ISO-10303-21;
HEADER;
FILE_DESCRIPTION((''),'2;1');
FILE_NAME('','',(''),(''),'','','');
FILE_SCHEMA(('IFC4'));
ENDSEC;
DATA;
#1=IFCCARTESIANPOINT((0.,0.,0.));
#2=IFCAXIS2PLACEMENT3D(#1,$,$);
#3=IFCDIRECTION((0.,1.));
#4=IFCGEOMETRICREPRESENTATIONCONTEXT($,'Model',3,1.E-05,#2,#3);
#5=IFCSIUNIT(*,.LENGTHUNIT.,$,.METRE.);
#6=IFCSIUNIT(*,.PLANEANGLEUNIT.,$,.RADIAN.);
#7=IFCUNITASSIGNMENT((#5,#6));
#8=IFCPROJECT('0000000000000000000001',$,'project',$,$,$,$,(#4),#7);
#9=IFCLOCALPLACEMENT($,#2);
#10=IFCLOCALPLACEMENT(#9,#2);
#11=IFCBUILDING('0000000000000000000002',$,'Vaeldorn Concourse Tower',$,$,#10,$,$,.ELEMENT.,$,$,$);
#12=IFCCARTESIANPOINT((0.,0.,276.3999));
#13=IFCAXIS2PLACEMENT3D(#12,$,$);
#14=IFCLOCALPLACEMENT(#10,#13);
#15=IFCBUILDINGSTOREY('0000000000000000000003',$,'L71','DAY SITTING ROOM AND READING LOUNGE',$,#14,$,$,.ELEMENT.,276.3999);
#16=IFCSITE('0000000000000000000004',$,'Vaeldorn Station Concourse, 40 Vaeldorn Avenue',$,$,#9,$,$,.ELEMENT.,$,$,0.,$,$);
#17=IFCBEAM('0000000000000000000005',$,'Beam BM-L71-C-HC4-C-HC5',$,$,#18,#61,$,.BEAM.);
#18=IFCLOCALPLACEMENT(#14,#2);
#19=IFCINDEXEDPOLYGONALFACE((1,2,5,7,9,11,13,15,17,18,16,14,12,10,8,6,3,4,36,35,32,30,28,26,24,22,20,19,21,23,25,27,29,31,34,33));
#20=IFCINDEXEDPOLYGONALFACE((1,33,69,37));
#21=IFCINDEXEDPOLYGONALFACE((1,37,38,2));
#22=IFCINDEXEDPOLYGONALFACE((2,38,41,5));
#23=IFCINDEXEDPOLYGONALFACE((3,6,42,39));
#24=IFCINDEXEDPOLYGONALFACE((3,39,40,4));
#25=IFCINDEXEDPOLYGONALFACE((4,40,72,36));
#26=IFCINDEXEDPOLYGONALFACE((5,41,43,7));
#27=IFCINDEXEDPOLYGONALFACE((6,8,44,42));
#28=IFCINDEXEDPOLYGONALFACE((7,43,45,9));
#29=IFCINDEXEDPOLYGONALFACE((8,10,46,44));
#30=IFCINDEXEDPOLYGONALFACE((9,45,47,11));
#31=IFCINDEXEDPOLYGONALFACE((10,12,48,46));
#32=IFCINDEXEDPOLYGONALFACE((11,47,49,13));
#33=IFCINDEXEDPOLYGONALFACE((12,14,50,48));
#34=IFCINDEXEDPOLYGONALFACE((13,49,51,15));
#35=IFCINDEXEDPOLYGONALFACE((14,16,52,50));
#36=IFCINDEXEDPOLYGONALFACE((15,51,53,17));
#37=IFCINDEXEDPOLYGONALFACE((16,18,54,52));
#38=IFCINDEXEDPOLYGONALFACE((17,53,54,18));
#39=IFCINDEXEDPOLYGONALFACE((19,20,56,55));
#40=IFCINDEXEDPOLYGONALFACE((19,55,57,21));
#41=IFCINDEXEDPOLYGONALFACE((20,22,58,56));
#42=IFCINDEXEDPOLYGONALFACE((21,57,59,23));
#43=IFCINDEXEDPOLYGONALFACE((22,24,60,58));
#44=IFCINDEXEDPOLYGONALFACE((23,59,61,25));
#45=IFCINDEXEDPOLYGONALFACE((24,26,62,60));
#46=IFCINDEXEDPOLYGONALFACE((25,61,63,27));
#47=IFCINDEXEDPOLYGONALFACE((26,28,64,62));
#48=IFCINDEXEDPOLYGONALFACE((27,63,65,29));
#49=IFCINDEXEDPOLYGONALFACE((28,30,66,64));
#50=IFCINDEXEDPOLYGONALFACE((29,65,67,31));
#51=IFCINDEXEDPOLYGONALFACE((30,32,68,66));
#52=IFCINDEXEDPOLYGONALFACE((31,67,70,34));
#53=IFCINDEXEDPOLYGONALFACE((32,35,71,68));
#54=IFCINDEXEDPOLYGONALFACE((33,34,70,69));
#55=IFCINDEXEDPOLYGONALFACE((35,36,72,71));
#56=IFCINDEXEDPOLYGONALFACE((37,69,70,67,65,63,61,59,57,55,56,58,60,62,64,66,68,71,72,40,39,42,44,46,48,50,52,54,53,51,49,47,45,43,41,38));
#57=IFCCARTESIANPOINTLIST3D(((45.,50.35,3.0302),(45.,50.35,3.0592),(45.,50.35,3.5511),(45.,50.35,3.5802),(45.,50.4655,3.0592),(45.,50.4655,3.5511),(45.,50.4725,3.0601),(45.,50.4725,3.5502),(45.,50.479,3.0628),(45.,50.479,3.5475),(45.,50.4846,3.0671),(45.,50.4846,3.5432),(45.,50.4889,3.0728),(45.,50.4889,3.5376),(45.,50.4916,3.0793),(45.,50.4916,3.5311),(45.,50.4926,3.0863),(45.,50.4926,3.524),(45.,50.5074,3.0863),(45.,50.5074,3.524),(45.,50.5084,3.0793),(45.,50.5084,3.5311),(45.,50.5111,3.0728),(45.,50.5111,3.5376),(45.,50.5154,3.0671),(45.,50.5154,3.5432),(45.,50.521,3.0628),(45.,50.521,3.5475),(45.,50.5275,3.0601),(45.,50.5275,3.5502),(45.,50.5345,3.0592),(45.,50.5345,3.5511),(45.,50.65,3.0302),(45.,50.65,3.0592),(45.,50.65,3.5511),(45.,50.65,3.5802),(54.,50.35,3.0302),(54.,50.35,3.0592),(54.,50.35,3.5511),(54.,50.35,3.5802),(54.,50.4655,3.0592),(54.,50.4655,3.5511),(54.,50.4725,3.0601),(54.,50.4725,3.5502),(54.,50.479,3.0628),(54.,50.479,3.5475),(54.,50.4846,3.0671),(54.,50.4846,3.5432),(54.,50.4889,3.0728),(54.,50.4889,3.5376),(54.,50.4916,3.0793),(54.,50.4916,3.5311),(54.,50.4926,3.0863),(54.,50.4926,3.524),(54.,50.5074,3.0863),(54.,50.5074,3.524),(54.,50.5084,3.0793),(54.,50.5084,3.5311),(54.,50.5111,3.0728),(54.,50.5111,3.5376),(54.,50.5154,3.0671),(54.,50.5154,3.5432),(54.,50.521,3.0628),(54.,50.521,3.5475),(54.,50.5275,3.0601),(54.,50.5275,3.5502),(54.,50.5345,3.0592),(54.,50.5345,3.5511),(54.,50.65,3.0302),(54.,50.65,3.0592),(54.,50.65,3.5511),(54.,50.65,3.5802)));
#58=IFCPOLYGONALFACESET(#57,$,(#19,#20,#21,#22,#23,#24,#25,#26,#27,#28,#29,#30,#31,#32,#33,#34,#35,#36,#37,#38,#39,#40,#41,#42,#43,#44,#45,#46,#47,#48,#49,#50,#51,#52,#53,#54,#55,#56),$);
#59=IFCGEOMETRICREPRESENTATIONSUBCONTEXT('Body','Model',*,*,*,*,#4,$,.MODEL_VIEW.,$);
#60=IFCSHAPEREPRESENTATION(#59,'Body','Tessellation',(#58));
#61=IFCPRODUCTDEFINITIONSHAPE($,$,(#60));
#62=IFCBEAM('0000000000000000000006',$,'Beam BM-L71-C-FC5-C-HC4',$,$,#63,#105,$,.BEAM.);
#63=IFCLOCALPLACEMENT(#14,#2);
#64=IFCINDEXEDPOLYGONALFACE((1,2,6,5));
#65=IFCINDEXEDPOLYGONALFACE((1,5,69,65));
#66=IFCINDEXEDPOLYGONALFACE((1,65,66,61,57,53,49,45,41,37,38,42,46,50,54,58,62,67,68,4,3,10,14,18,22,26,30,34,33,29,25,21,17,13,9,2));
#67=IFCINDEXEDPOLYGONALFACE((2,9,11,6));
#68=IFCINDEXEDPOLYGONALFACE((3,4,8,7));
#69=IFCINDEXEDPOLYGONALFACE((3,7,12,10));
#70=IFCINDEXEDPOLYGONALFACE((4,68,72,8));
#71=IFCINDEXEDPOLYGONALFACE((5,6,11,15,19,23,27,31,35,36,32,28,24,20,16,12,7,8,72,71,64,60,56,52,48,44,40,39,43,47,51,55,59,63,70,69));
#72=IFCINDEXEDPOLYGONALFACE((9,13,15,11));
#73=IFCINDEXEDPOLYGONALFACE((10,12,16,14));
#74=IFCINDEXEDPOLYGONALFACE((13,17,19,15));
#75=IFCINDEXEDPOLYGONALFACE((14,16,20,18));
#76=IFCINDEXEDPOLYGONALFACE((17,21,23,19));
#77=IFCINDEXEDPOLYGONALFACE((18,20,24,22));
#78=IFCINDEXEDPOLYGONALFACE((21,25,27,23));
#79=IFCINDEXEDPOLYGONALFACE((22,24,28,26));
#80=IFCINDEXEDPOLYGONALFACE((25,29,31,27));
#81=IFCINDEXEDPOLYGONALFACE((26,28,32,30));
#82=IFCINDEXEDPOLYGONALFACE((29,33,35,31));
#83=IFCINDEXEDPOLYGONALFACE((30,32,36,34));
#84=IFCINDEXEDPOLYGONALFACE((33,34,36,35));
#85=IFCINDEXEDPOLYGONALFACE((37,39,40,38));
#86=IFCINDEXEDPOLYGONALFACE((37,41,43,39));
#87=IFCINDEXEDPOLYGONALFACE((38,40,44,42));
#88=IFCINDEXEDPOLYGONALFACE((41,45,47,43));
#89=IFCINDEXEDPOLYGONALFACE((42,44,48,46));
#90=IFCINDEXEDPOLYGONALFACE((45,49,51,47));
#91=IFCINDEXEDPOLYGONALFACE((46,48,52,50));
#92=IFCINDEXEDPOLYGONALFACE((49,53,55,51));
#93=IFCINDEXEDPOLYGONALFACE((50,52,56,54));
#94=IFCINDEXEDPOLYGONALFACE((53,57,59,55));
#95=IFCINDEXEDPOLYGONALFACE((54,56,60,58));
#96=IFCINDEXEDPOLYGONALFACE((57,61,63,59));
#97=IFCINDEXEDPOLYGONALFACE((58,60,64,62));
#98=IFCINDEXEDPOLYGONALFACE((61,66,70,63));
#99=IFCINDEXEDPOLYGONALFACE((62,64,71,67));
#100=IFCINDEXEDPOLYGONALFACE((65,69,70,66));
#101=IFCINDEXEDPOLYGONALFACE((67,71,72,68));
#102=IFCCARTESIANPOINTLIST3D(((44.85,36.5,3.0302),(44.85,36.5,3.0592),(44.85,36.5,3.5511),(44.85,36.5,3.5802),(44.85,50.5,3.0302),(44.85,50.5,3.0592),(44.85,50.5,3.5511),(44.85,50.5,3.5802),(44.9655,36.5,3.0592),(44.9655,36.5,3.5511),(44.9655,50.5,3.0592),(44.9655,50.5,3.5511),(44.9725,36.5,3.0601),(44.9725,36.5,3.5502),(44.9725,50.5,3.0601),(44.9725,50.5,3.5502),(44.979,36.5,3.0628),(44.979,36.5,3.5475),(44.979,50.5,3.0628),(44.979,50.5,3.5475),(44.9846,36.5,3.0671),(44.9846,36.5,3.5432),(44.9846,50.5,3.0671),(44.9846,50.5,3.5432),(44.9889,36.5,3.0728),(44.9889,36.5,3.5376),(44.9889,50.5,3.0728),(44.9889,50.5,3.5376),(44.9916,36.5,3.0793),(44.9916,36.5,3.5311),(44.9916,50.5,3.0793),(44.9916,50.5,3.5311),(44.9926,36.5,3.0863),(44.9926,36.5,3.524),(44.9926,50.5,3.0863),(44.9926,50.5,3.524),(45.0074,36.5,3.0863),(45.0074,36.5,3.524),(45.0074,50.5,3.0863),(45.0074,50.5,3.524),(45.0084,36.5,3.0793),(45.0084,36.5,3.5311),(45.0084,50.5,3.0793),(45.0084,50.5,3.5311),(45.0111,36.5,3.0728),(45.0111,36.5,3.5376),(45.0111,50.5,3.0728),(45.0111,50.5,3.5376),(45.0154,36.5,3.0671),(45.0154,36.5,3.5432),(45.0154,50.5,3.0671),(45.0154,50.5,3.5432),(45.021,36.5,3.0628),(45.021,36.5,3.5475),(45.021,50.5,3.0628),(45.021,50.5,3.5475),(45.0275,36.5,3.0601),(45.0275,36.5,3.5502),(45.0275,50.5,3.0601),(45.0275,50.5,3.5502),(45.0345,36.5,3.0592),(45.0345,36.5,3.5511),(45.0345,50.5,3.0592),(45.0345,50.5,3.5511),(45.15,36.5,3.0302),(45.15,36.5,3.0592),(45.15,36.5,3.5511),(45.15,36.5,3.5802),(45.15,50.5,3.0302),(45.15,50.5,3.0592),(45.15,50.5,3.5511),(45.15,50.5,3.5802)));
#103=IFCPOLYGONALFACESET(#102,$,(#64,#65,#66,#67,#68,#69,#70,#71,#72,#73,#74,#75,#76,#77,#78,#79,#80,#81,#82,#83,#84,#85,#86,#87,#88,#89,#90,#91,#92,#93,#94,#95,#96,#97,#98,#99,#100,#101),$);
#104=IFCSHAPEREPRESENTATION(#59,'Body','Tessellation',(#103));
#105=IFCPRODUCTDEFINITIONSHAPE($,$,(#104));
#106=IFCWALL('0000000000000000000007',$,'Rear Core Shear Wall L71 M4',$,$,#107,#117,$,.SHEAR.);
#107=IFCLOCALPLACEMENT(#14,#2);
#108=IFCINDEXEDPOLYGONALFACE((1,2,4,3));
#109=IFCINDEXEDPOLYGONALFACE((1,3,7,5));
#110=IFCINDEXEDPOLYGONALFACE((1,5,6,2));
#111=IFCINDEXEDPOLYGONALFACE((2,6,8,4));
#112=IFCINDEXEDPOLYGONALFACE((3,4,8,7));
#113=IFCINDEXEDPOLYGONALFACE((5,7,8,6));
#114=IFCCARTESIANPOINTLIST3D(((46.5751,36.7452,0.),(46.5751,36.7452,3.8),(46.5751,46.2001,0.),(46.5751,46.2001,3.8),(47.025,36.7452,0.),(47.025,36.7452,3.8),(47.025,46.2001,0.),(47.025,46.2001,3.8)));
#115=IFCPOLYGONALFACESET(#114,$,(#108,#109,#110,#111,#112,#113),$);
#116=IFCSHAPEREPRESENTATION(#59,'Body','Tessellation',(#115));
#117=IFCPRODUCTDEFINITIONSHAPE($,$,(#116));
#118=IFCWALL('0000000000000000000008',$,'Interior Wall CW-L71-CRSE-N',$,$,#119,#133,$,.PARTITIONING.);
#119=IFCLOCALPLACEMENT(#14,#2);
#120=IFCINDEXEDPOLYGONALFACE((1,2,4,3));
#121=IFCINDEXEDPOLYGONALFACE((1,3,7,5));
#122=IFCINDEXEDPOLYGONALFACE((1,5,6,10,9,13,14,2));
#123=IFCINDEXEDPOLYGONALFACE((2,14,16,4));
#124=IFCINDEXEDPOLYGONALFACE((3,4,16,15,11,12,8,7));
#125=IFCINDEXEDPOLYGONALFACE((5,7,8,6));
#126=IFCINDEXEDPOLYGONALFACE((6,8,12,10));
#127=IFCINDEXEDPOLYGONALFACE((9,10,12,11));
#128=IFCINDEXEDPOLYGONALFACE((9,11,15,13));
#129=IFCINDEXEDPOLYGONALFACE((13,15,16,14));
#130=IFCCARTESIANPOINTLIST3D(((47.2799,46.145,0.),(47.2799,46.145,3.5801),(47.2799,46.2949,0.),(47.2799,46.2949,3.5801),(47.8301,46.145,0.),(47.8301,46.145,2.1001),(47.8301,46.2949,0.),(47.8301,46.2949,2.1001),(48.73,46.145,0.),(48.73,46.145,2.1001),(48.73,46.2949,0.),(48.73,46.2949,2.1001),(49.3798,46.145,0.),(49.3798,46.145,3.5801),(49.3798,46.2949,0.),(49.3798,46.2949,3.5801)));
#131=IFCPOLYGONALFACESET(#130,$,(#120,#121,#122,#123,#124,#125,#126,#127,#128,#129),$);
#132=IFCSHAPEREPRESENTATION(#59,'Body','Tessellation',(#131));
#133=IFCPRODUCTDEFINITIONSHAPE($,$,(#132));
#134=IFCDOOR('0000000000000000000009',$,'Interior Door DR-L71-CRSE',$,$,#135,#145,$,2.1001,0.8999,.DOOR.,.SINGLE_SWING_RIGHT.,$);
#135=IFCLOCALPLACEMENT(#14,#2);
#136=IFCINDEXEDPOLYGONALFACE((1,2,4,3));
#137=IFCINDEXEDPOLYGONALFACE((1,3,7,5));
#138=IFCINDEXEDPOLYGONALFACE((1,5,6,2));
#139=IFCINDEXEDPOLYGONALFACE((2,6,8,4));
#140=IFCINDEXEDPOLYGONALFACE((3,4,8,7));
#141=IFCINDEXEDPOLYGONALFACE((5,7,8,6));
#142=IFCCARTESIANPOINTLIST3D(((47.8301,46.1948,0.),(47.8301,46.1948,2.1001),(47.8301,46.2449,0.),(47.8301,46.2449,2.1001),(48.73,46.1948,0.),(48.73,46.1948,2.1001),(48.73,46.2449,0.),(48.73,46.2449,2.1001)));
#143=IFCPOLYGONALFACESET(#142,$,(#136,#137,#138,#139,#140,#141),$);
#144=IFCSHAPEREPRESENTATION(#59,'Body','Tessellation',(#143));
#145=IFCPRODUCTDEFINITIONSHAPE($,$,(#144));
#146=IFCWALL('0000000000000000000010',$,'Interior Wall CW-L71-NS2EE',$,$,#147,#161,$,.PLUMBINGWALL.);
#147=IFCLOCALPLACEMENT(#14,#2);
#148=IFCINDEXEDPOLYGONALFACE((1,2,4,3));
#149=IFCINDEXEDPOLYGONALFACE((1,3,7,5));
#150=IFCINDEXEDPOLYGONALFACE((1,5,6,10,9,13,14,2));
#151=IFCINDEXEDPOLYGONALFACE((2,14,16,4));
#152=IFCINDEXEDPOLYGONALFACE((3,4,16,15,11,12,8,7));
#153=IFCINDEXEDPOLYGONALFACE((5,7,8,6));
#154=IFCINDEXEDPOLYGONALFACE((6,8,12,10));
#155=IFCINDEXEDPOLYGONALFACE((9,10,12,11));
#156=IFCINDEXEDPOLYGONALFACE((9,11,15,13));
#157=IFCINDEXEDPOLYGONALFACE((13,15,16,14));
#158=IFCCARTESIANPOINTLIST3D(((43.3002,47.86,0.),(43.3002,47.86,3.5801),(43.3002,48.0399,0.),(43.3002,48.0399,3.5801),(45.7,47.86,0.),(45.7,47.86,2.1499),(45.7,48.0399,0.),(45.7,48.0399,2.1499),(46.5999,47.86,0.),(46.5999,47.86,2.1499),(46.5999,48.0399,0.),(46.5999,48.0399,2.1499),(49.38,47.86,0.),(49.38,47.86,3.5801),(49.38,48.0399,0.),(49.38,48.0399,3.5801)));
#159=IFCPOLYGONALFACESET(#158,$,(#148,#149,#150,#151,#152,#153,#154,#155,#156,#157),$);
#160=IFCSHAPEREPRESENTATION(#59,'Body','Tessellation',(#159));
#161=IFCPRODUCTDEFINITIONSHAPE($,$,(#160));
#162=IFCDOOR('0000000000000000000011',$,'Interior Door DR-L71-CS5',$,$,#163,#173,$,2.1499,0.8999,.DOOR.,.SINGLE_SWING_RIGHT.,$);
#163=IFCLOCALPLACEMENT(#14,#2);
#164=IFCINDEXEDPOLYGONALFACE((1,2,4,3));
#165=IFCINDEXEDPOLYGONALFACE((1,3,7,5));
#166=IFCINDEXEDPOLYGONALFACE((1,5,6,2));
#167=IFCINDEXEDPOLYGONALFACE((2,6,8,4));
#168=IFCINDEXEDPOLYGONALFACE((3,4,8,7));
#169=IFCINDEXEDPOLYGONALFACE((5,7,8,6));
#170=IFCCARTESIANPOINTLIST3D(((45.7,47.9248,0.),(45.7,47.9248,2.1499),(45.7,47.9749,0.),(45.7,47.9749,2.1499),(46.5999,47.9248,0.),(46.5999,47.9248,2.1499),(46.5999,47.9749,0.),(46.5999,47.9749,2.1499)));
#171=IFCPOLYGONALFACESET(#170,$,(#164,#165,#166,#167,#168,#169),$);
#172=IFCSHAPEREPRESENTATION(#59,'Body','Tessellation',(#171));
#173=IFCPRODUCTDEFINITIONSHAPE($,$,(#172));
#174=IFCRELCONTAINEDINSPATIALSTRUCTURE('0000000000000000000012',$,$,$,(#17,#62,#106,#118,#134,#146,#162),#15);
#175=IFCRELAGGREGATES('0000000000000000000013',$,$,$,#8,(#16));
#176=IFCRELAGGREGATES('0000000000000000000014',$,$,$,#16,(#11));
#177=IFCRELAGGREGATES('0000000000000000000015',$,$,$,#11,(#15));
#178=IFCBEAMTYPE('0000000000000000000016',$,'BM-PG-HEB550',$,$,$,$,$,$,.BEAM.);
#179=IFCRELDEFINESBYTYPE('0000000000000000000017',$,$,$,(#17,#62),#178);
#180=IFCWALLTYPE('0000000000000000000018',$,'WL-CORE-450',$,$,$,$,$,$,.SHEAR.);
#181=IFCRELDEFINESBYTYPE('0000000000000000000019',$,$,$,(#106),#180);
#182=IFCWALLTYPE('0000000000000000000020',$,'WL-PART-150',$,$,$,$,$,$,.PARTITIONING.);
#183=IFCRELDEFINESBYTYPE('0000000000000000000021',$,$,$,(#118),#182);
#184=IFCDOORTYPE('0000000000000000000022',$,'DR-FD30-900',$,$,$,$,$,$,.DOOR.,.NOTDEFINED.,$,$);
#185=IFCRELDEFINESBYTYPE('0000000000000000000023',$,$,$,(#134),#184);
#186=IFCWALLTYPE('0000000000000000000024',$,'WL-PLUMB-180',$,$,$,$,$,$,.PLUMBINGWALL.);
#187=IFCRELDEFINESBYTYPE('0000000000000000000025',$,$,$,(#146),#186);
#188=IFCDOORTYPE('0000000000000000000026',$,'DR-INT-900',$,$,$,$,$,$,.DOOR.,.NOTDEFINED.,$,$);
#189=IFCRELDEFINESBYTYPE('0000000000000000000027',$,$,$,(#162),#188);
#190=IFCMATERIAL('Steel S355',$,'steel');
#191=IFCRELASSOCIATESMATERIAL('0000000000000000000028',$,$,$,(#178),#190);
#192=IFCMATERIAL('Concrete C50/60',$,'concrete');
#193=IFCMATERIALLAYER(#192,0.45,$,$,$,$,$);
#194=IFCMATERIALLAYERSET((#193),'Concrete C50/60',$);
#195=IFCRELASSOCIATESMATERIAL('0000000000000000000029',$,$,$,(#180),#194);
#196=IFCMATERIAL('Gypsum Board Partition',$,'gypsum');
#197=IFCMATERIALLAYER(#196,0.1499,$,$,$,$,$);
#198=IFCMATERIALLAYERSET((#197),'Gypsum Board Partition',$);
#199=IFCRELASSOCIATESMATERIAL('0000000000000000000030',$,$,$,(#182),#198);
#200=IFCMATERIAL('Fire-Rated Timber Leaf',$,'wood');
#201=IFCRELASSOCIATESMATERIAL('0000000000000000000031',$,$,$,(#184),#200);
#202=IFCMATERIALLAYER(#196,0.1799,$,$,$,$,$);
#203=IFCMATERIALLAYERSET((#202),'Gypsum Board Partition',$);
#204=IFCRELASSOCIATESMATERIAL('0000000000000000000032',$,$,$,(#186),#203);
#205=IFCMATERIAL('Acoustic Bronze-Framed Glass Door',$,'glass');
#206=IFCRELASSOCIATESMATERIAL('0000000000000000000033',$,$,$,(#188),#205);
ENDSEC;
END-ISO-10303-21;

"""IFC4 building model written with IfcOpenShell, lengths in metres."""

from ifc_helpers import new_model, si_unit, direction, frame, frame_2d, origin, origin_2d, place, context, subcontext, project, spatial, rectangle, i_section, extrude, source, transform, mapped, material, layer, layer_set, material_profile, profile_set, type_object, element, fill, save


model = new_model("IFC4")

# Units and contexts
model_context = context("Model", 3, precision=1e-05, world=origin(), true_north=direction((0.0, 1.0)))
body_context = subcontext(model_context, "Body", "Model", "MODEL_VIEW")
ifc_project = project(units=[si_unit("LENGTHUNIT", "METRE"), si_unit("PLANEANGLEUNIT", "RADIAN")], contexts=[model_context])

# Site, building, storey
site_placement = place(None, origin())
site = spatial("IfcSite", under=ifc_project, at=site_placement, Name="Vaeldorn Station Concourse, 40 Vaeldorn Avenue", CompositionType="ELEMENT", RefElevation=0.0)
building_placement = place(site_placement, origin())
building = spatial("IfcBuilding", under=site, at=building_placement, Name="Vaeldorn Concourse Tower", CompositionType="ELEMENT")
storey_placement = place(building_placement, frame((0.0, 0.0, 276.3999)))
storey = spatial("IfcBuildingStorey", under=building, at=storey_placement, Name="L71", Description="DAY SITTING ROOM AND READING LOUNGE", CompositionType="ELEMENT", Elevation=276.3999)

# Shared definitions
ifc_material_1 = material(Name="Steel S355", Category="steel")

# Beams
ifc_material_2 = material(Name="Concrete C50/60", Category="concrete")
ifc_material_profile_1 = material_profile(ifc_material_1, i_section(OverallWidth=0.3, OverallDepth=0.55, WebThickness=0.0149, FlangeThickness=0.0291, FilletRadius=0.0271, at=origin_2d()), Name="HEB 550")
ifc_profile_set_1 = profile_set([ifc_material_profile_1], Name="Steel S355")
beam_type_1 = type_object("IfcBeamType", Name="BM-PG-HEB550", PredefinedType="BEAM", material=ifc_profile_set_1)
shared_shape_1 = source(origin(), body_context, "Body", "SweptSolid", [
    extrude(i_section(OverallWidth=0.3, OverallDepth=0.55, WebThickness=0.0149, FlangeThickness=0.0291, FilletRadius=0.0271, at=origin_2d()), origin(), (0.0, 0.0, 1.0), 9.0),
])
beam_1_placement = place(storey_placement, frame((45.0, 50.5, 3.3052), z_axis=(1.0, 0.0, 0.0), x_axis=(0.0, 1.0, 0.0)))
element("IfcBeam", 1, at=beam_1_placement, inside=storey, type_object=beam_type_1, Name="Beam BM-L71-C-HC4-C-HC5", PredefinedType="BEAM", context=body_context, shape_type="MappedRepresentation", body=[
    mapped(shared_shape_1, transform((0.0, 0.0, 0.0), scale=1.0)),
])
shared_shape_2 = source(origin(), body_context, "Body", "SweptSolid", [
    extrude(i_section(OverallWidth=0.3, OverallDepth=0.55, WebThickness=0.0149, FlangeThickness=0.0291, FilletRadius=0.0271, at=origin_2d()), origin(), (0.0, 0.0, 1.0), 14.0),
])
beam_2_placement = place(storey_placement, frame((45.0, 36.5, 3.3052), z_axis=(0.0, 1.0, 0.0), x_axis=(-1.0, 0.0, 0.0)))
element("IfcBeam", 2, at=beam_2_placement, inside=storey, type_object=beam_type_1, Name="Beam BM-L71-C-FC5-C-HC4", PredefinedType="BEAM", context=body_context, shape_type="MappedRepresentation", body=[
    mapped(shared_shape_2, transform((0.0, 0.0, 0.0), scale=1.0)),
])

# Wall
ifc_layer_1 = layer(ifc_material_2, 0.45)
ifc_layer_set_1 = layer_set([ifc_layer_1], Name="Concrete C50/60")
wall_type_1 = type_object("IfcWallType", Name="WL-CORE-450", PredefinedType="SHEAR", material=ifc_layer_set_1)
wall_1_placement = place(storey_placement, frame((46.8, 36.7451, 0.0), z_axis=(0.0, 0.0, 1.0), x_axis=(0.0, 1.0, 0.0)))
element("IfcWall", 3, at=wall_1_placement, inside=storey, type_object=wall_type_1, Name="Rear Core Shear Wall L71 M4", PredefinedType="SHEAR", context=body_context, shape_type="SweptSolid", body=[
    extrude(rectangle(XDim=9.4548, YDim=0.45, at=frame_2d((4.7275, 0.0))), origin(), (0.0, 0.0, 1.0), 3.8),
])

# Walls, openings, doors
ifc_material_3 = material(Name="Gypsum Board Partition", Category="gypsum")
ifc_layer_2 = layer(ifc_material_3, 0.1499)
ifc_layer_set_2 = layer_set([ifc_layer_2], Name="Gypsum Board Partition")
wall_type_2 = type_object("IfcWallType", Name="WL-PART-150", PredefinedType="PARTITIONING", material=ifc_layer_set_2)
wall_2_placement = place(storey_placement, frame((47.28, 46.22, 0.0), z_axis=(0.0, 0.0, 1.0), x_axis=(1.0, 0.0, 0.0)))
wall_2 = element("IfcWall", 4, at=wall_2_placement, inside=storey, type_object=wall_type_2, Name="Interior Wall CW-L71-CRSE-N", PredefinedType="PARTITIONING", context=body_context, shape_type="SweptSolid", body=[
    extrude(rectangle(XDim=2.0999, YDim=0.1499, at=frame_2d((1.0498, 0.0))), origin(), (0.0, 0.0, 1.0), 3.5801),
])
opening_1_placement = place(wall_2_placement, frame((0.55, 0.0, 0.0)))
opening_1 = element("IfcOpeningElement", 5, at=opening_1_placement, cuts=wall_2, PredefinedType="OPENING", context=body_context, shape_type="SweptSolid", body=[
    extrude(rectangle(XDim=0.8999, YDim=2.1001, at=frame_2d((0.45, 1.05))), frame((0.0, 0.085, 0.0), z_axis=(0.0, -1.0, 0.0), x_axis=(1.0, 0.0, 0.0)), (0.0, 0.0, 1.0), 0.1699),
])
ifc_material_4 = material(Name="Fire-Rated Timber Leaf", Category="wood")
door_type_1 = type_object("IfcDoorType", Name="DR-FD30-900", OperationType="NOTDEFINED", PredefinedType="DOOR", material=ifc_material_4)
shared_shape_3 = source(origin(), body_context, "Body", "SweptSolid", [
    extrude(rectangle(XDim=0.8999, YDim=2.1001, at=frame_2d((0.45, 1.05))), frame((0.0, 0.0249, 0.0), z_axis=(0.0, -1.0, 0.0), x_axis=(1.0, 0.0, 0.0)), (0.0, 0.0, 1.0), 0.05),
])
door_1_placement = place(opening_1_placement, origin())
door_1 = element("IfcDoor", 6, at=door_1_placement, inside=storey, type_object=door_type_1, Name="Interior Door DR-L71-CRSE", OperationType="SINGLE_SWING_RIGHT", OverallHeight=2.1001, OverallWidth=0.8999, PredefinedType="DOOR", context=body_context, shape_type="MappedRepresentation", body=[
    mapped(shared_shape_3, transform((0.0, 0.0, 0.0), scale=1.0)),
])
fill(opening_1, door_1)
ifc_layer_3 = layer(ifc_material_3, 0.1799)
ifc_layer_set_3 = layer_set([ifc_layer_3], Name="Gypsum Board Partition")
wall_type_3 = type_object("IfcWallType", Name="WL-PLUMB-180", PredefinedType="PLUMBINGWALL", material=ifc_layer_set_3)
wall_3_placement = place(storey_placement, frame((43.3, 47.95, 0.0), z_axis=(0.0, 0.0, 1.0), x_axis=(1.0, 0.0, 0.0)))
wall_3 = element("IfcWall", 7, at=wall_3_placement, inside=storey, type_object=wall_type_3, Name="Interior Wall CW-L71-NS2EE", PredefinedType="PLUMBINGWALL", context=body_context, shape_type="SweptSolid", body=[
    extrude(rectangle(XDim=6.0798, YDim=0.1799, at=frame_2d((3.04, 0.0))), origin(), (0.0, 0.0, 1.0), 3.5801),
])
opening_2_placement = place(wall_3_placement, frame((2.3999, 0.0, 0.0)))
opening_2 = element("IfcOpeningElement", 8, at=opening_2_placement, cuts=wall_3, PredefinedType="OPENING", context=body_context, shape_type="SweptSolid", body=[
    extrude(rectangle(XDim=0.8999, YDim=2.1499, at=frame_2d((0.45, 1.075))), frame((0.0, 0.1001, 0.0), z_axis=(0.0, -1.0, 0.0), x_axis=(1.0, 0.0, 0.0)), (0.0, 0.0, 1.0), 0.2),
])
ifc_material_5 = material(Name="Acoustic Bronze-Framed Glass Door", Category="glass")
door_type_2 = type_object("IfcDoorType", Name="DR-INT-900", OperationType="NOTDEFINED", PredefinedType="DOOR", material=ifc_material_5)
shared_shape_4 = source(origin(), body_context, "Body", "SweptSolid", [
    extrude(rectangle(XDim=0.8999, YDim=2.1499, at=frame_2d((0.45, 1.075))), frame((0.0, 0.0249, 0.0), z_axis=(0.0, -1.0, 0.0), x_axis=(1.0, 0.0, 0.0)), (0.0, 0.0, 1.0), 0.05),
])
door_2_placement = place(opening_2_placement, origin())
door_2 = element("IfcDoor", 9, at=door_2_placement, inside=storey, type_object=door_type_2, Name="Interior Door DR-L71-CS5", OperationType="SINGLE_SWING_RIGHT", OverallHeight=2.1499, OverallWidth=0.8999, PredefinedType="DOOR", context=body_context, shape_type="MappedRepresentation", body=[
    mapped(shared_shape_4, transform((0.0, 0.0, 0.0), scale=1.0)),
])
fill(opening_2, door_2)

save(model, "model.ifc")
